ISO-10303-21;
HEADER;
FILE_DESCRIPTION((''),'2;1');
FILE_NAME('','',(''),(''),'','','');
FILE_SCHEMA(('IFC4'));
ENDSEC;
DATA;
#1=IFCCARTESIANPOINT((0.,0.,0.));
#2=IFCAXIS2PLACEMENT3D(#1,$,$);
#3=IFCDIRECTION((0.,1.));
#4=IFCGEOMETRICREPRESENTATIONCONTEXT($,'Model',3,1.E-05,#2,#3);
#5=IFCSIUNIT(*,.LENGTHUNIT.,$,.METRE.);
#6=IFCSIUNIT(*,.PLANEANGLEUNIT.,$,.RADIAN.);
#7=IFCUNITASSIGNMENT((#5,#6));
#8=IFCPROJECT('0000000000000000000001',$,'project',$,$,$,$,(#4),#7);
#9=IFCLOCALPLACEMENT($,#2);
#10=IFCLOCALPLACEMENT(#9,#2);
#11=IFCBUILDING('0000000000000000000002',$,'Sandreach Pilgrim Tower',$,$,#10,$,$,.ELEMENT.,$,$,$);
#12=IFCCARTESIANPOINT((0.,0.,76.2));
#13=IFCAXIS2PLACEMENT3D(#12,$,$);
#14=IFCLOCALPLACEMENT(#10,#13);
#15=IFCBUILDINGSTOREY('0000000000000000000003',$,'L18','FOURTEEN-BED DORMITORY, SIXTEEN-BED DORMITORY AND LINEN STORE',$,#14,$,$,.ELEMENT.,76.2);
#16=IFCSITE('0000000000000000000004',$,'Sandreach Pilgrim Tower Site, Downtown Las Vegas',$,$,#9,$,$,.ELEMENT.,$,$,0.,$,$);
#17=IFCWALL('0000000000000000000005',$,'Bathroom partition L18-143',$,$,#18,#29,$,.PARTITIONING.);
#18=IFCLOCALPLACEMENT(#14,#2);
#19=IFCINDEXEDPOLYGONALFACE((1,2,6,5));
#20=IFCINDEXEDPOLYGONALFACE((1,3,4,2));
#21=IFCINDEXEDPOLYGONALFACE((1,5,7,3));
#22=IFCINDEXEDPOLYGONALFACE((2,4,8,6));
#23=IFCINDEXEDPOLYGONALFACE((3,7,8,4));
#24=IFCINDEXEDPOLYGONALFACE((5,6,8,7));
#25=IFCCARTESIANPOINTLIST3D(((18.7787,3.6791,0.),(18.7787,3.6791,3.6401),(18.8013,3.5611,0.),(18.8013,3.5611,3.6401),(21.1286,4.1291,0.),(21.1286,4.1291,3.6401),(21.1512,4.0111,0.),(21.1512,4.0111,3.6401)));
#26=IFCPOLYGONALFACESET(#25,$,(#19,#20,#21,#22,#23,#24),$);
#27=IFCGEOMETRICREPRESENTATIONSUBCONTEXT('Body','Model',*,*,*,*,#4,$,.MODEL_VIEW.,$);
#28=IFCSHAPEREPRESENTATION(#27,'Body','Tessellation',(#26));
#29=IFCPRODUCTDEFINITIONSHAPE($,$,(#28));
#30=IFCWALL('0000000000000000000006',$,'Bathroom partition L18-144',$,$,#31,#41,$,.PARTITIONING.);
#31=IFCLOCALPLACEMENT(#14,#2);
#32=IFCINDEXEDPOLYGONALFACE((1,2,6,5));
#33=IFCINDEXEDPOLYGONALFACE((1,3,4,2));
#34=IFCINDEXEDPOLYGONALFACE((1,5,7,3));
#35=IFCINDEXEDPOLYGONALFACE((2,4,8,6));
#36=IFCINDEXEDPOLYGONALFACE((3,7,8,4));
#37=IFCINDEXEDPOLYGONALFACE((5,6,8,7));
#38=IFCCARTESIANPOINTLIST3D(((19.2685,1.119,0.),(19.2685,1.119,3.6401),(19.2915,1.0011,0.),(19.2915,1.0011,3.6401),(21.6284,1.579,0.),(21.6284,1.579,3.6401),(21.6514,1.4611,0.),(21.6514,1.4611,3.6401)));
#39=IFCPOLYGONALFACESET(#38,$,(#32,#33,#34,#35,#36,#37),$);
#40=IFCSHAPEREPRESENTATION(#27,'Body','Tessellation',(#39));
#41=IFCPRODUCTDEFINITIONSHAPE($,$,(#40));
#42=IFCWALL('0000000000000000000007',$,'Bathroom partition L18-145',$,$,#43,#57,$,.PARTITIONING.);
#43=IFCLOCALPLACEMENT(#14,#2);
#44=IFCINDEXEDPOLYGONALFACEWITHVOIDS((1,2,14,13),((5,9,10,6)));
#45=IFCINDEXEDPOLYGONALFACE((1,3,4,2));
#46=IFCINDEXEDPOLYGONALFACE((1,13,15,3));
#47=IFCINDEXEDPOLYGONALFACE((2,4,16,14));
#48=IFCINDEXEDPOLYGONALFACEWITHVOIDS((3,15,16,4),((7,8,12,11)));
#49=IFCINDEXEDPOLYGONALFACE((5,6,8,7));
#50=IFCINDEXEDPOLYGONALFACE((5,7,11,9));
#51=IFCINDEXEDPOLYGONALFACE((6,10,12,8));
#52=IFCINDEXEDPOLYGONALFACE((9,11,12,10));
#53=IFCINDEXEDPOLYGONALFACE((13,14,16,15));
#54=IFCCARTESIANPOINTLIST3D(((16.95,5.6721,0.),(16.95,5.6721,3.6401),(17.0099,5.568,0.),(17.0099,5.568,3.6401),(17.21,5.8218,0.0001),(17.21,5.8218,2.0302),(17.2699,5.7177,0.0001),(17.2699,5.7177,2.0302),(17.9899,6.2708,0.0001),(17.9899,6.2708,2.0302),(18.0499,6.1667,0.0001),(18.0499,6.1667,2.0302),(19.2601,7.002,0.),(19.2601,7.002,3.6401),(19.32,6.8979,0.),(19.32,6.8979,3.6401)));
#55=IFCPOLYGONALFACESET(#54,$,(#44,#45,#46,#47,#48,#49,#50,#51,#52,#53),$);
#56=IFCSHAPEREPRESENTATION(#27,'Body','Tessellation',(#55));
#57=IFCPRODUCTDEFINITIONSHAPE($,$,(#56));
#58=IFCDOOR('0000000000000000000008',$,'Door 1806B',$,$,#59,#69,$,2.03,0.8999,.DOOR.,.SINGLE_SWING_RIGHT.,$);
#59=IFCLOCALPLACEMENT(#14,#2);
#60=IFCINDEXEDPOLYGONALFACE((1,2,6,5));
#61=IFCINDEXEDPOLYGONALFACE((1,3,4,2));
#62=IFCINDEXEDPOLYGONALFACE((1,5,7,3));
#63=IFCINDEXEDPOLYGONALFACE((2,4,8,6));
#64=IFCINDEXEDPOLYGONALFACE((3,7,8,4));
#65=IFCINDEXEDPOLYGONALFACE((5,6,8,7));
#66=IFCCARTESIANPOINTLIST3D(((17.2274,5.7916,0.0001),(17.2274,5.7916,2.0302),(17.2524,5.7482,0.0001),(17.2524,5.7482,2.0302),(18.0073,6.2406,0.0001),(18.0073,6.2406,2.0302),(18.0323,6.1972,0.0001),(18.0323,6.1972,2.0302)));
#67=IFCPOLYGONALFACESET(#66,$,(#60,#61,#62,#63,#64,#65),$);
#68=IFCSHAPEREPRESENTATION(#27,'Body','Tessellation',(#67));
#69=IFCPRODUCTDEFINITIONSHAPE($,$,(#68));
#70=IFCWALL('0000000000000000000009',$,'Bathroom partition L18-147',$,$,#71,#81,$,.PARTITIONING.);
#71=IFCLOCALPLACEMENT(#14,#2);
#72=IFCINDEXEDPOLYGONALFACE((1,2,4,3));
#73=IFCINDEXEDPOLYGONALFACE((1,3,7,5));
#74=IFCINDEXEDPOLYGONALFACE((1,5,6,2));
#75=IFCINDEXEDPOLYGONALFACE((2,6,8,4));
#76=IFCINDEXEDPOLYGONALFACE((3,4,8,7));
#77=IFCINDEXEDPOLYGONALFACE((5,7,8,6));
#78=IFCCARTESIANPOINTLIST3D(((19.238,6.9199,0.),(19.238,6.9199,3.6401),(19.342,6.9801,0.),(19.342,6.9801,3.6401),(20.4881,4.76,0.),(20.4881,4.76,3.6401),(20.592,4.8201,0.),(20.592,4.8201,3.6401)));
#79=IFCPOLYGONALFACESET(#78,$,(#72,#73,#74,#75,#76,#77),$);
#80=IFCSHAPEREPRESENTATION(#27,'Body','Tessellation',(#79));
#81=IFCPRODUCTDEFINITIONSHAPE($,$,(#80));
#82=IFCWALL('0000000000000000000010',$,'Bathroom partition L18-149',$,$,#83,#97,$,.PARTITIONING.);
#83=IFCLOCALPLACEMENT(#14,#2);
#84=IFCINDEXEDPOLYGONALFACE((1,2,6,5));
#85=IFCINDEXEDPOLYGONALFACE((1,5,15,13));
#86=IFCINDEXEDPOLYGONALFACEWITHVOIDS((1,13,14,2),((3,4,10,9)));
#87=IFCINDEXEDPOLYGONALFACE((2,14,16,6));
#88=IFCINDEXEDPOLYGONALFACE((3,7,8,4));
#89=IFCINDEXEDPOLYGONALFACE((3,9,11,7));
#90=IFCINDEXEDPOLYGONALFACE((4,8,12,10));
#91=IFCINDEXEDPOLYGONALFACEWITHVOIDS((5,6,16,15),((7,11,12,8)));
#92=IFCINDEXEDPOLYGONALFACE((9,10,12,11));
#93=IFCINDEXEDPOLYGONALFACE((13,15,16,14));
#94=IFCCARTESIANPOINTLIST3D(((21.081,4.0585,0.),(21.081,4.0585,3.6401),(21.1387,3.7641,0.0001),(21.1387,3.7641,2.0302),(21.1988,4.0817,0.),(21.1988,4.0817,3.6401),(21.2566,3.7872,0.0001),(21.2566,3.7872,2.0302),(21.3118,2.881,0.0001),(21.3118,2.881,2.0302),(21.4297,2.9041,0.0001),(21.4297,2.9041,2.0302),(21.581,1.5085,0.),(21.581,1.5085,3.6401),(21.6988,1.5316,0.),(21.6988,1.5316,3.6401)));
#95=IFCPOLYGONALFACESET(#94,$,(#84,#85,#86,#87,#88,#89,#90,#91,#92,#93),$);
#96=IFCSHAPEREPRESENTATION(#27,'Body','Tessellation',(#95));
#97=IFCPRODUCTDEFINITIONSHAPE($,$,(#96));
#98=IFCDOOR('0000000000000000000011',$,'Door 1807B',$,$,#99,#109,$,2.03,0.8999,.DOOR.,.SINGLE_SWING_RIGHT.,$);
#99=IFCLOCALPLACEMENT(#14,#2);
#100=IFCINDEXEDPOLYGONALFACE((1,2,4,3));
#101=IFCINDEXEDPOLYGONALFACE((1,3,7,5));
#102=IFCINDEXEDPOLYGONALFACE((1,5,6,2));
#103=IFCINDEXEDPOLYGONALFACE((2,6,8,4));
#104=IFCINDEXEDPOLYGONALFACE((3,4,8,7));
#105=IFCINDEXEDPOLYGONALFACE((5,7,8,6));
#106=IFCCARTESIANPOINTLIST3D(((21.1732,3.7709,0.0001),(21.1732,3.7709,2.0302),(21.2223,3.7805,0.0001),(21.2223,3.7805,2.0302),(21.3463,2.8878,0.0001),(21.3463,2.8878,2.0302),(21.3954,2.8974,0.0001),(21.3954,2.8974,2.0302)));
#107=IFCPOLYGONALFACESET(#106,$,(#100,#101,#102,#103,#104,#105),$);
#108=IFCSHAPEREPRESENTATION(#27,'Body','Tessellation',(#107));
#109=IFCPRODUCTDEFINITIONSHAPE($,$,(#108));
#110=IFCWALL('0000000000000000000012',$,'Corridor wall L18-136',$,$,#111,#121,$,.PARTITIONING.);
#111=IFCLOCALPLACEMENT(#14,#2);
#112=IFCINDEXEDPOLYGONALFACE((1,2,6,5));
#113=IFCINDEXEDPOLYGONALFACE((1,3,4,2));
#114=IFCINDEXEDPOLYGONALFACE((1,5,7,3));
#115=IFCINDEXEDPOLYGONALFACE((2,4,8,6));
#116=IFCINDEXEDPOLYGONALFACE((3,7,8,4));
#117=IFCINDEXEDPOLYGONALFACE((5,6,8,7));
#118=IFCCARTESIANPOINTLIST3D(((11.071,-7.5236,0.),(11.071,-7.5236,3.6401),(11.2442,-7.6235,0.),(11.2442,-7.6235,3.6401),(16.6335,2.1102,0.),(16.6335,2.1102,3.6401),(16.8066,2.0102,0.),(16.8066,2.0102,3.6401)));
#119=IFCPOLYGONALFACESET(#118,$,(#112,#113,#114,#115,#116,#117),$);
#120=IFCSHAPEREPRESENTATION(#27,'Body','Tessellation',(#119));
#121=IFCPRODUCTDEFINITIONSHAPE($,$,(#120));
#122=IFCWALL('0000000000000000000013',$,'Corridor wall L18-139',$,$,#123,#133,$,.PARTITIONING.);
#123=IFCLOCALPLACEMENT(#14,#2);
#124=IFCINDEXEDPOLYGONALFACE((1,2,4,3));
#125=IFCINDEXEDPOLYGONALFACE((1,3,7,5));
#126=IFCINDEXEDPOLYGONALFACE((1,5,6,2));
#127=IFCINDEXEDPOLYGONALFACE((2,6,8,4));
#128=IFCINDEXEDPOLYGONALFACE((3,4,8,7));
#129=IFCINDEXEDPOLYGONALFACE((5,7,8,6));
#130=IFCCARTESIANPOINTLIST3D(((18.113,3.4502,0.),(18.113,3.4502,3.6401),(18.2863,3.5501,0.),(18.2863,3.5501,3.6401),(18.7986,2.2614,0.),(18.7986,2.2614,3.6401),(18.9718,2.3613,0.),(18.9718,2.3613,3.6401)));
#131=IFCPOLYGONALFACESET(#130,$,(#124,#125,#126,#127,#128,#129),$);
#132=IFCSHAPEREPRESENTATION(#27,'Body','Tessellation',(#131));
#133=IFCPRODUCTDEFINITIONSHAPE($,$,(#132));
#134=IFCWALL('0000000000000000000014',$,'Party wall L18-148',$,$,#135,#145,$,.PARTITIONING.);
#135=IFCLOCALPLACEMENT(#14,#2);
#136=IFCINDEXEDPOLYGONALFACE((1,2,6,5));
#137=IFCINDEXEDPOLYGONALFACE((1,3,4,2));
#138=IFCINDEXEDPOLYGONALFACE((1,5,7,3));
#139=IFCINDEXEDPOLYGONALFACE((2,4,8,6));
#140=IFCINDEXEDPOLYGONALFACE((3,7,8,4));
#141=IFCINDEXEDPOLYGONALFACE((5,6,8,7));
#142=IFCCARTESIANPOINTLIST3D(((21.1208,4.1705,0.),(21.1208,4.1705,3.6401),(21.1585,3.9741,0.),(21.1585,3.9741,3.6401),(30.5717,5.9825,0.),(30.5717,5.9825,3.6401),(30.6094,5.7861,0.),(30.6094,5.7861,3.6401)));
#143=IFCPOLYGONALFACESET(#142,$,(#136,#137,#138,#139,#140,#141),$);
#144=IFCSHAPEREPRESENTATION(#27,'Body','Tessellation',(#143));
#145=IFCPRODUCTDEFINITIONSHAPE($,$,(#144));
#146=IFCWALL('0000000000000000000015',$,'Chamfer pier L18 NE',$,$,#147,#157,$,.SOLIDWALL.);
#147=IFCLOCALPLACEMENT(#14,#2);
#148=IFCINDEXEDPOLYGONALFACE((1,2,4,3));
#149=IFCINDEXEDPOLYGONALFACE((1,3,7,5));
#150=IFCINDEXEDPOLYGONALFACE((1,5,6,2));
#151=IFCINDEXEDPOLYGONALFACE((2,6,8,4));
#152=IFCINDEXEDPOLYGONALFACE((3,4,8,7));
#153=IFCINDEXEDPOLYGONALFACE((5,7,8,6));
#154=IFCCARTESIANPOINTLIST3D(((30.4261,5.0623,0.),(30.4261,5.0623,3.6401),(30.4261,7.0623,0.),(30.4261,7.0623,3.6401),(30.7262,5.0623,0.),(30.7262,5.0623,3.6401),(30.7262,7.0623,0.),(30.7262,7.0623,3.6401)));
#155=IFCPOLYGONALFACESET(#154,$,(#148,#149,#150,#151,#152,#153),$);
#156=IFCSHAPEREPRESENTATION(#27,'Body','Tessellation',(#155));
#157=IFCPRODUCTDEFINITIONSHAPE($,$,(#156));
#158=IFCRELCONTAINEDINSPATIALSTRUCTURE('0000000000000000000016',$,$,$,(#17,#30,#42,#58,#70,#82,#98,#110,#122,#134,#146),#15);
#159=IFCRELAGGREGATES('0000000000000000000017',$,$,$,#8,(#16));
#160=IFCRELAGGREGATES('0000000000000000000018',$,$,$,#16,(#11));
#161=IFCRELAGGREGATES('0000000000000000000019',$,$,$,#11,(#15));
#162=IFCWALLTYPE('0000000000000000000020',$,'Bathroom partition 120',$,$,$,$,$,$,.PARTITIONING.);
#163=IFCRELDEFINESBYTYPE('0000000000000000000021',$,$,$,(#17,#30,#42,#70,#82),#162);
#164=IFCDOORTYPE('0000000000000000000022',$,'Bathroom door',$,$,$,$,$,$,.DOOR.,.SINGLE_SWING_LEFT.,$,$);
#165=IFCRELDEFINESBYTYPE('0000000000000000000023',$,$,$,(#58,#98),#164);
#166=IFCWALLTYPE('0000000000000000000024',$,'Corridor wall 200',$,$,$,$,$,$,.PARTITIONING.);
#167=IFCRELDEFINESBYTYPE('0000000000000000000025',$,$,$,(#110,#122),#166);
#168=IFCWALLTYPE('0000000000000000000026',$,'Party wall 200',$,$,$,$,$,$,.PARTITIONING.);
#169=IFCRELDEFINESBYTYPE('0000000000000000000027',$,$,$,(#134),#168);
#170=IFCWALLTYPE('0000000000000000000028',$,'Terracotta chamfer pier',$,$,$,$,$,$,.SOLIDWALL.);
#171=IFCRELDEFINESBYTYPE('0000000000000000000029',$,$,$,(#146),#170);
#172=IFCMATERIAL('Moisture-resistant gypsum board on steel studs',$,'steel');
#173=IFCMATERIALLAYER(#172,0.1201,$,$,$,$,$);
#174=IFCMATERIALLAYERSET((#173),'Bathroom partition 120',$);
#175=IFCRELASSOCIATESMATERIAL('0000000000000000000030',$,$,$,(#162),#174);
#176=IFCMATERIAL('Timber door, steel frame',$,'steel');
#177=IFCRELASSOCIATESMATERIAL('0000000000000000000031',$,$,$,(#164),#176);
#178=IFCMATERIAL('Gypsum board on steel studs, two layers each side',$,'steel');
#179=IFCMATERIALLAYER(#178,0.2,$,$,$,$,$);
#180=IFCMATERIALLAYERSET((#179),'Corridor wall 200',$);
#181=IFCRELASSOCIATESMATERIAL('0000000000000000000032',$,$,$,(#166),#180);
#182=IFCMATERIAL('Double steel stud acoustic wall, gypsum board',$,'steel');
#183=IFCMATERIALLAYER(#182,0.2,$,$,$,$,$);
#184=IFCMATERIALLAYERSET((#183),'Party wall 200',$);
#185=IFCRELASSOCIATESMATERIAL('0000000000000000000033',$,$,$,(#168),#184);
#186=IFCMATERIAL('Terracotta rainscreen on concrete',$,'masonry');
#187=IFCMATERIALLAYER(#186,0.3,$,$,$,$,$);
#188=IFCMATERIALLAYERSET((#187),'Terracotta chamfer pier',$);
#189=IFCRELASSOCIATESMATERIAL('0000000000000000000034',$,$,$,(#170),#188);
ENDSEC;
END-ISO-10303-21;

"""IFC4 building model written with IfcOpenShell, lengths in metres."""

from ifc_helpers import new_model, si_unit, direction, frame, frame_2d, origin, place, context, subcontext, project, spatial, rectangle, extrude, material, layer, layer_set, type_object, element, fill, save


model = new_model("IFC4")

# Units and contexts
model_context = context("Model", 3, precision=1e-05, world=origin(), true_north=direction((0.0, 1.0)))
body_context = subcontext(model_context, "Body", "Model", "MODEL_VIEW")
ifc_project = project(units=[si_unit("LENGTHUNIT", "METRE"), si_unit("PLANEANGLEUNIT", "RADIAN")], contexts=[model_context])

# Site, building, storey
site_placement = place(None, origin())
site = spatial("IfcSite", under=ifc_project, at=site_placement, Name="Sandreach Pilgrim Tower Site, Downtown Las Vegas", CompositionType="ELEMENT", RefElevation=0.0)
building_placement = place(site_placement, origin())
building = spatial("IfcBuilding", under=site, at=building_placement, Name="Sandreach Pilgrim Tower", CompositionType="ELEMENT")
storey_placement = place(building_placement, frame((0.0, 0.0, 76.2)))
storey = spatial("IfcBuildingStorey", under=building, at=storey_placement, Name="L18", Description="FOURTEEN-BED DORMITORY, SIXTEEN-BED DORMITORY AND LINEN STORE", CompositionType="ELEMENT", Elevation=76.2)

# Walls
ifc_material_1 = material(Name="Moisture-resistant gypsum board on steel studs", Category="steel")
ifc_layer_1 = layer(ifc_material_1, 0.1201)
ifc_layer_set_1 = layer_set([ifc_layer_1], Name="Bathroom partition 120")
wall_type_1 = type_object("IfcWallType", Name="Bathroom partition 120", PredefinedType="PARTITIONING", material=ifc_layer_set_1)
wall_1_placement = place(storey_placement, frame((18.79, 3.6201, 0.0), z_axis=(0.0, 0.0, 1.0), x_axis=(0.982157, 0.188064, 0.0)))
element("IfcWall", 1, at=wall_1_placement, inside=storey, type_object=wall_type_1, Name="Bathroom partition L18-143", PredefinedType="PARTITIONING", context=body_context, shape_type="SweptSolid", body=[
    extrude(rectangle(XDim=2.3926, YDim=0.1201, at=frame_2d((1.1963, 0.0))), origin(), (0.0, 0.0, 1.0), 3.6401),
])
wall_2_placement = place(storey_placement, frame((19.28, 1.0601, 0.0), z_axis=(0.0, 0.0, 1.0), x_axis=(0.98153, 0.19131, 0.0)))
element("IfcWall", 2, at=wall_2_placement, inside=storey, type_object=wall_type_1, Name="Bathroom partition L18-144", PredefinedType="PARTITIONING", context=body_context, shape_type="SweptSolid", body=[
    extrude(rectangle(XDim=2.4043, YDim=0.1201, at=frame_2d((1.2021, 0.0))), origin(), (0.0, 0.0, 1.0), 3.6401),
])

# Wall, opening, door
wall_3_placement = place(storey_placement, frame((19.29, 6.95, 0.0), z_axis=(0.0, 0.0, 1.0), x_axis=(-0.866655, -0.498908, 0.0)))
wall_3 = element("IfcWall", 3, at=wall_3_placement, inside=storey, type_object=wall_type_1, Name="Bathroom partition L18-145", PredefinedType="PARTITIONING", context=body_context, shape_type="SweptSolid", body=[
    extrude(rectangle(XDim=2.6655, YDim=0.1201, at=frame_2d((1.3328, 0.0))), origin(), (0.0, 0.0, 1.0), 3.6401),
])
opening_1_placement = place(wall_3_placement, frame((1.4656, 0.0, 0.0)))
opening_1 = element("IfcOpeningElement", 4, at=opening_1_placement, cuts=wall_3, PredefinedType="OPENING", context=body_context, shape_type="SweptSolid", body=[
    extrude(rectangle(XDim=0.8999, YDim=2.03, at=frame_2d((0.45, 1.0151))), frame((0.0, 0.0601, 0.0), z_axis=(0.0, -1.0, 0.0), x_axis=(1.0, 0.0, 0.0)), (0.0, 0.0, 1.0), 0.1201),
])
ifc_material_2 = material(Name="Timber door, steel frame", Category="steel")
door_type = type_object("IfcDoorType", Name="Bathroom door", OperationType="SINGLE_SWING_LEFT", PredefinedType="DOOR", material=ifc_material_2)
door_1_placement = place(opening_1_placement, origin())
door_1 = element("IfcDoor", 5, at=door_1_placement, inside=storey, type_object=door_type, Name="Door 1806B", OperationType="SINGLE_SWING_RIGHT", OverallHeight=2.03, OverallWidth=0.8999, PredefinedType="DOOR", context=body_context, shape_type="SweptSolid", body=[
    extrude(rectangle(XDim=0.8999, YDim=2.03, at=frame_2d((0.45, 1.0151))), frame((0.0, 0.0249, 0.0), z_axis=(0.0, -1.0, 0.0), x_axis=(1.0, 0.0, 0.0)), (0.0, 0.0, 1.0), 0.05),
])
fill(opening_1, door_1)

# Wall
wall_4_placement = place(storey_placement, frame((20.54, 4.79, 0.0), z_axis=(0.0, 0.0, 1.0), x_axis=(-0.500894, 0.865509, 0.0)))
element("IfcWall", 6, at=wall_4_placement, inside=storey, type_object=wall_type_1, Name="Bathroom partition L18-147", PredefinedType="PARTITIONING", context=body_context, shape_type="SweptSolid", body=[
    extrude(rectangle(XDim=2.4956, YDim=0.1201, at=frame_2d((1.2478, 0.0))), origin(), (0.0, 0.0, 1.0), 3.6401),
])

# Wall, opening, door
wall_5_placement = place(storey_placement, frame((21.6399, 1.52, 0.0), z_axis=(0.0, 0.0, 1.0), x_axis=(-0.192411, 0.981314, 0.0)))
wall_5 = element("IfcWall", 7, at=wall_5_placement, inside=storey, type_object=wall_type_1, Name="Bathroom partition L18-149", PredefinedType="PARTITIONING", context=body_context, shape_type="SweptSolid", body=[
    extrude(rectangle(XDim=2.5986, YDim=0.1201, at=frame_2d((1.2993, 0.0))), origin(), (0.0, 0.0, 1.0), 3.6401),
])
opening_2_placement = place(wall_5_placement, frame((1.3987, 0.0, 0.0)))
opening_2 = element("IfcOpeningElement", 8, at=opening_2_placement, cuts=wall_5, PredefinedType="OPENING", context=body_context, shape_type="SweptSolid", body=[
    extrude(rectangle(XDim=0.8999, YDim=2.03, at=frame_2d((0.45, 1.0151))), frame((0.0, 0.0601, 0.0), z_axis=(0.0, -1.0, 0.0), x_axis=(1.0, 0.0, 0.0)), (0.0, 0.0, 1.0), 0.1201),
])
door_2_placement = place(opening_2_placement, origin())
door_2 = element("IfcDoor", 9, at=door_2_placement, inside=storey, type_object=door_type, Name="Door 1807B", OperationType="SINGLE_SWING_RIGHT", OverallHeight=2.03, OverallWidth=0.8999, PredefinedType="DOOR", context=body_context, shape_type="SweptSolid", body=[
    extrude(rectangle(XDim=0.8999, YDim=2.03, at=frame_2d((0.45, 1.0151))), frame((0.0, 0.0249, 0.0), z_axis=(0.0, -1.0, 0.0), x_axis=(1.0, 0.0, 0.0)), (0.0, 0.0, 1.0), 0.05),
])
fill(opening_2, door_2)

# Walls
ifc_material_3 = material(Name="Gypsum board on steel studs, two layers each side", Category="steel")
ifc_layer_2 = layer(ifc_material_3, 0.2)
ifc_layer_set_2 = layer_set([ifc_layer_2], Name="Corridor wall 200")
wall_type_2 = type_object("IfcWallType", Name="Corridor wall 200", PredefinedType="PARTITIONING", material=ifc_layer_set_2)
wall_6_placement = place(storey_placement, frame((16.72, 2.0601, 0.0), z_axis=(0.0, 0.0, 1.0), x_axis=(-0.500029, -0.866009, 0.0)))
element("IfcWall", 10, at=wall_6_placement, inside=storey, type_object=wall_type_2, Name="Corridor wall L18-136", PredefinedType="PARTITIONING", context=body_context, shape_type="SweptSolid", body=[
    extrude(rectangle(XDim=11.1243, YDim=0.2, at=frame_2d((5.562, 0.0))), origin(), (0.0, 0.0, 1.0), 3.6401),
])
wall_7_placement = place(storey_placement, frame((18.1997, 3.5, 0.0), z_axis=(0.0, 0.0, 1.0), x_axis=(0.499584, -0.866266, 0.0)))
element("IfcWall", 11, at=wall_7_placement, inside=storey, type_object=wall_type_2, Name="Corridor wall L18-139", PredefinedType="PARTITIONING", context=body_context, shape_type="SweptSolid", body=[
    extrude(rectangle(XDim=1.3723, YDim=0.2, at=frame_2d((0.686, 0.0))), origin(), (0.0, 0.0, 1.0), 3.6401),
])
ifc_material_4 = material(Name="Double steel stud acoustic wall, gypsum board", Category="steel")
ifc_layer_3 = layer(ifc_material_4, 0.2)
ifc_layer_set_3 = layer_set([ifc_layer_3], Name="Party wall 200")
wall_type_3 = type_object("IfcWallType", Name="Party wall 200", PredefinedType="PARTITIONING", material=ifc_layer_set_3)
wall_8_placement = place(storey_placement, frame((21.1396, 4.0723, 0.0), z_axis=(0.0, 0.0, 1.0), x_axis=(0.982112, 0.188299, 0.0)))
element("IfcWall", 12, at=wall_8_placement, inside=storey, type_object=wall_type_3, Name="Party wall L18-148", PredefinedType="PARTITIONING", context=body_context, shape_type="SweptSolid", body=[
    extrude(rectangle(XDim=9.623, YDim=0.2, at=frame_2d((4.8115, 0.0))), origin(), (0.0, 0.0, 1.0), 3.6401),
])
ifc_material_5 = material(Name="Terracotta rainscreen on concrete", Category="masonry")
ifc_layer_4 = layer(ifc_material_5, 0.3)
ifc_layer_set_4 = layer_set([ifc_layer_4], Name="Terracotta chamfer pier")
wall_type_4 = type_object("IfcWallType", Name="Terracotta chamfer pier", PredefinedType="SOLIDWALL", material=ifc_layer_set_4)
wall_9_placement = place(storey_placement, frame((30.5762, 7.0623, 0.0), z_axis=(0.0, 0.0, 1.0), x_axis=(0.0, -1.0, 0.0)))
element("IfcWall", 13, at=wall_9_placement, inside=storey, type_object=wall_type_4, Name="Chamfer pier L18 NE", PredefinedType="SOLIDWALL", context=body_context, shape_type="SweptSolid", body=[
    extrude(rectangle(XDim=2.0, YDim=0.3, at=frame_2d((1.0, 0.0))), origin(), (0.0, 0.0, 1.0), 3.6401),
])

save(model, "model.ifc")
